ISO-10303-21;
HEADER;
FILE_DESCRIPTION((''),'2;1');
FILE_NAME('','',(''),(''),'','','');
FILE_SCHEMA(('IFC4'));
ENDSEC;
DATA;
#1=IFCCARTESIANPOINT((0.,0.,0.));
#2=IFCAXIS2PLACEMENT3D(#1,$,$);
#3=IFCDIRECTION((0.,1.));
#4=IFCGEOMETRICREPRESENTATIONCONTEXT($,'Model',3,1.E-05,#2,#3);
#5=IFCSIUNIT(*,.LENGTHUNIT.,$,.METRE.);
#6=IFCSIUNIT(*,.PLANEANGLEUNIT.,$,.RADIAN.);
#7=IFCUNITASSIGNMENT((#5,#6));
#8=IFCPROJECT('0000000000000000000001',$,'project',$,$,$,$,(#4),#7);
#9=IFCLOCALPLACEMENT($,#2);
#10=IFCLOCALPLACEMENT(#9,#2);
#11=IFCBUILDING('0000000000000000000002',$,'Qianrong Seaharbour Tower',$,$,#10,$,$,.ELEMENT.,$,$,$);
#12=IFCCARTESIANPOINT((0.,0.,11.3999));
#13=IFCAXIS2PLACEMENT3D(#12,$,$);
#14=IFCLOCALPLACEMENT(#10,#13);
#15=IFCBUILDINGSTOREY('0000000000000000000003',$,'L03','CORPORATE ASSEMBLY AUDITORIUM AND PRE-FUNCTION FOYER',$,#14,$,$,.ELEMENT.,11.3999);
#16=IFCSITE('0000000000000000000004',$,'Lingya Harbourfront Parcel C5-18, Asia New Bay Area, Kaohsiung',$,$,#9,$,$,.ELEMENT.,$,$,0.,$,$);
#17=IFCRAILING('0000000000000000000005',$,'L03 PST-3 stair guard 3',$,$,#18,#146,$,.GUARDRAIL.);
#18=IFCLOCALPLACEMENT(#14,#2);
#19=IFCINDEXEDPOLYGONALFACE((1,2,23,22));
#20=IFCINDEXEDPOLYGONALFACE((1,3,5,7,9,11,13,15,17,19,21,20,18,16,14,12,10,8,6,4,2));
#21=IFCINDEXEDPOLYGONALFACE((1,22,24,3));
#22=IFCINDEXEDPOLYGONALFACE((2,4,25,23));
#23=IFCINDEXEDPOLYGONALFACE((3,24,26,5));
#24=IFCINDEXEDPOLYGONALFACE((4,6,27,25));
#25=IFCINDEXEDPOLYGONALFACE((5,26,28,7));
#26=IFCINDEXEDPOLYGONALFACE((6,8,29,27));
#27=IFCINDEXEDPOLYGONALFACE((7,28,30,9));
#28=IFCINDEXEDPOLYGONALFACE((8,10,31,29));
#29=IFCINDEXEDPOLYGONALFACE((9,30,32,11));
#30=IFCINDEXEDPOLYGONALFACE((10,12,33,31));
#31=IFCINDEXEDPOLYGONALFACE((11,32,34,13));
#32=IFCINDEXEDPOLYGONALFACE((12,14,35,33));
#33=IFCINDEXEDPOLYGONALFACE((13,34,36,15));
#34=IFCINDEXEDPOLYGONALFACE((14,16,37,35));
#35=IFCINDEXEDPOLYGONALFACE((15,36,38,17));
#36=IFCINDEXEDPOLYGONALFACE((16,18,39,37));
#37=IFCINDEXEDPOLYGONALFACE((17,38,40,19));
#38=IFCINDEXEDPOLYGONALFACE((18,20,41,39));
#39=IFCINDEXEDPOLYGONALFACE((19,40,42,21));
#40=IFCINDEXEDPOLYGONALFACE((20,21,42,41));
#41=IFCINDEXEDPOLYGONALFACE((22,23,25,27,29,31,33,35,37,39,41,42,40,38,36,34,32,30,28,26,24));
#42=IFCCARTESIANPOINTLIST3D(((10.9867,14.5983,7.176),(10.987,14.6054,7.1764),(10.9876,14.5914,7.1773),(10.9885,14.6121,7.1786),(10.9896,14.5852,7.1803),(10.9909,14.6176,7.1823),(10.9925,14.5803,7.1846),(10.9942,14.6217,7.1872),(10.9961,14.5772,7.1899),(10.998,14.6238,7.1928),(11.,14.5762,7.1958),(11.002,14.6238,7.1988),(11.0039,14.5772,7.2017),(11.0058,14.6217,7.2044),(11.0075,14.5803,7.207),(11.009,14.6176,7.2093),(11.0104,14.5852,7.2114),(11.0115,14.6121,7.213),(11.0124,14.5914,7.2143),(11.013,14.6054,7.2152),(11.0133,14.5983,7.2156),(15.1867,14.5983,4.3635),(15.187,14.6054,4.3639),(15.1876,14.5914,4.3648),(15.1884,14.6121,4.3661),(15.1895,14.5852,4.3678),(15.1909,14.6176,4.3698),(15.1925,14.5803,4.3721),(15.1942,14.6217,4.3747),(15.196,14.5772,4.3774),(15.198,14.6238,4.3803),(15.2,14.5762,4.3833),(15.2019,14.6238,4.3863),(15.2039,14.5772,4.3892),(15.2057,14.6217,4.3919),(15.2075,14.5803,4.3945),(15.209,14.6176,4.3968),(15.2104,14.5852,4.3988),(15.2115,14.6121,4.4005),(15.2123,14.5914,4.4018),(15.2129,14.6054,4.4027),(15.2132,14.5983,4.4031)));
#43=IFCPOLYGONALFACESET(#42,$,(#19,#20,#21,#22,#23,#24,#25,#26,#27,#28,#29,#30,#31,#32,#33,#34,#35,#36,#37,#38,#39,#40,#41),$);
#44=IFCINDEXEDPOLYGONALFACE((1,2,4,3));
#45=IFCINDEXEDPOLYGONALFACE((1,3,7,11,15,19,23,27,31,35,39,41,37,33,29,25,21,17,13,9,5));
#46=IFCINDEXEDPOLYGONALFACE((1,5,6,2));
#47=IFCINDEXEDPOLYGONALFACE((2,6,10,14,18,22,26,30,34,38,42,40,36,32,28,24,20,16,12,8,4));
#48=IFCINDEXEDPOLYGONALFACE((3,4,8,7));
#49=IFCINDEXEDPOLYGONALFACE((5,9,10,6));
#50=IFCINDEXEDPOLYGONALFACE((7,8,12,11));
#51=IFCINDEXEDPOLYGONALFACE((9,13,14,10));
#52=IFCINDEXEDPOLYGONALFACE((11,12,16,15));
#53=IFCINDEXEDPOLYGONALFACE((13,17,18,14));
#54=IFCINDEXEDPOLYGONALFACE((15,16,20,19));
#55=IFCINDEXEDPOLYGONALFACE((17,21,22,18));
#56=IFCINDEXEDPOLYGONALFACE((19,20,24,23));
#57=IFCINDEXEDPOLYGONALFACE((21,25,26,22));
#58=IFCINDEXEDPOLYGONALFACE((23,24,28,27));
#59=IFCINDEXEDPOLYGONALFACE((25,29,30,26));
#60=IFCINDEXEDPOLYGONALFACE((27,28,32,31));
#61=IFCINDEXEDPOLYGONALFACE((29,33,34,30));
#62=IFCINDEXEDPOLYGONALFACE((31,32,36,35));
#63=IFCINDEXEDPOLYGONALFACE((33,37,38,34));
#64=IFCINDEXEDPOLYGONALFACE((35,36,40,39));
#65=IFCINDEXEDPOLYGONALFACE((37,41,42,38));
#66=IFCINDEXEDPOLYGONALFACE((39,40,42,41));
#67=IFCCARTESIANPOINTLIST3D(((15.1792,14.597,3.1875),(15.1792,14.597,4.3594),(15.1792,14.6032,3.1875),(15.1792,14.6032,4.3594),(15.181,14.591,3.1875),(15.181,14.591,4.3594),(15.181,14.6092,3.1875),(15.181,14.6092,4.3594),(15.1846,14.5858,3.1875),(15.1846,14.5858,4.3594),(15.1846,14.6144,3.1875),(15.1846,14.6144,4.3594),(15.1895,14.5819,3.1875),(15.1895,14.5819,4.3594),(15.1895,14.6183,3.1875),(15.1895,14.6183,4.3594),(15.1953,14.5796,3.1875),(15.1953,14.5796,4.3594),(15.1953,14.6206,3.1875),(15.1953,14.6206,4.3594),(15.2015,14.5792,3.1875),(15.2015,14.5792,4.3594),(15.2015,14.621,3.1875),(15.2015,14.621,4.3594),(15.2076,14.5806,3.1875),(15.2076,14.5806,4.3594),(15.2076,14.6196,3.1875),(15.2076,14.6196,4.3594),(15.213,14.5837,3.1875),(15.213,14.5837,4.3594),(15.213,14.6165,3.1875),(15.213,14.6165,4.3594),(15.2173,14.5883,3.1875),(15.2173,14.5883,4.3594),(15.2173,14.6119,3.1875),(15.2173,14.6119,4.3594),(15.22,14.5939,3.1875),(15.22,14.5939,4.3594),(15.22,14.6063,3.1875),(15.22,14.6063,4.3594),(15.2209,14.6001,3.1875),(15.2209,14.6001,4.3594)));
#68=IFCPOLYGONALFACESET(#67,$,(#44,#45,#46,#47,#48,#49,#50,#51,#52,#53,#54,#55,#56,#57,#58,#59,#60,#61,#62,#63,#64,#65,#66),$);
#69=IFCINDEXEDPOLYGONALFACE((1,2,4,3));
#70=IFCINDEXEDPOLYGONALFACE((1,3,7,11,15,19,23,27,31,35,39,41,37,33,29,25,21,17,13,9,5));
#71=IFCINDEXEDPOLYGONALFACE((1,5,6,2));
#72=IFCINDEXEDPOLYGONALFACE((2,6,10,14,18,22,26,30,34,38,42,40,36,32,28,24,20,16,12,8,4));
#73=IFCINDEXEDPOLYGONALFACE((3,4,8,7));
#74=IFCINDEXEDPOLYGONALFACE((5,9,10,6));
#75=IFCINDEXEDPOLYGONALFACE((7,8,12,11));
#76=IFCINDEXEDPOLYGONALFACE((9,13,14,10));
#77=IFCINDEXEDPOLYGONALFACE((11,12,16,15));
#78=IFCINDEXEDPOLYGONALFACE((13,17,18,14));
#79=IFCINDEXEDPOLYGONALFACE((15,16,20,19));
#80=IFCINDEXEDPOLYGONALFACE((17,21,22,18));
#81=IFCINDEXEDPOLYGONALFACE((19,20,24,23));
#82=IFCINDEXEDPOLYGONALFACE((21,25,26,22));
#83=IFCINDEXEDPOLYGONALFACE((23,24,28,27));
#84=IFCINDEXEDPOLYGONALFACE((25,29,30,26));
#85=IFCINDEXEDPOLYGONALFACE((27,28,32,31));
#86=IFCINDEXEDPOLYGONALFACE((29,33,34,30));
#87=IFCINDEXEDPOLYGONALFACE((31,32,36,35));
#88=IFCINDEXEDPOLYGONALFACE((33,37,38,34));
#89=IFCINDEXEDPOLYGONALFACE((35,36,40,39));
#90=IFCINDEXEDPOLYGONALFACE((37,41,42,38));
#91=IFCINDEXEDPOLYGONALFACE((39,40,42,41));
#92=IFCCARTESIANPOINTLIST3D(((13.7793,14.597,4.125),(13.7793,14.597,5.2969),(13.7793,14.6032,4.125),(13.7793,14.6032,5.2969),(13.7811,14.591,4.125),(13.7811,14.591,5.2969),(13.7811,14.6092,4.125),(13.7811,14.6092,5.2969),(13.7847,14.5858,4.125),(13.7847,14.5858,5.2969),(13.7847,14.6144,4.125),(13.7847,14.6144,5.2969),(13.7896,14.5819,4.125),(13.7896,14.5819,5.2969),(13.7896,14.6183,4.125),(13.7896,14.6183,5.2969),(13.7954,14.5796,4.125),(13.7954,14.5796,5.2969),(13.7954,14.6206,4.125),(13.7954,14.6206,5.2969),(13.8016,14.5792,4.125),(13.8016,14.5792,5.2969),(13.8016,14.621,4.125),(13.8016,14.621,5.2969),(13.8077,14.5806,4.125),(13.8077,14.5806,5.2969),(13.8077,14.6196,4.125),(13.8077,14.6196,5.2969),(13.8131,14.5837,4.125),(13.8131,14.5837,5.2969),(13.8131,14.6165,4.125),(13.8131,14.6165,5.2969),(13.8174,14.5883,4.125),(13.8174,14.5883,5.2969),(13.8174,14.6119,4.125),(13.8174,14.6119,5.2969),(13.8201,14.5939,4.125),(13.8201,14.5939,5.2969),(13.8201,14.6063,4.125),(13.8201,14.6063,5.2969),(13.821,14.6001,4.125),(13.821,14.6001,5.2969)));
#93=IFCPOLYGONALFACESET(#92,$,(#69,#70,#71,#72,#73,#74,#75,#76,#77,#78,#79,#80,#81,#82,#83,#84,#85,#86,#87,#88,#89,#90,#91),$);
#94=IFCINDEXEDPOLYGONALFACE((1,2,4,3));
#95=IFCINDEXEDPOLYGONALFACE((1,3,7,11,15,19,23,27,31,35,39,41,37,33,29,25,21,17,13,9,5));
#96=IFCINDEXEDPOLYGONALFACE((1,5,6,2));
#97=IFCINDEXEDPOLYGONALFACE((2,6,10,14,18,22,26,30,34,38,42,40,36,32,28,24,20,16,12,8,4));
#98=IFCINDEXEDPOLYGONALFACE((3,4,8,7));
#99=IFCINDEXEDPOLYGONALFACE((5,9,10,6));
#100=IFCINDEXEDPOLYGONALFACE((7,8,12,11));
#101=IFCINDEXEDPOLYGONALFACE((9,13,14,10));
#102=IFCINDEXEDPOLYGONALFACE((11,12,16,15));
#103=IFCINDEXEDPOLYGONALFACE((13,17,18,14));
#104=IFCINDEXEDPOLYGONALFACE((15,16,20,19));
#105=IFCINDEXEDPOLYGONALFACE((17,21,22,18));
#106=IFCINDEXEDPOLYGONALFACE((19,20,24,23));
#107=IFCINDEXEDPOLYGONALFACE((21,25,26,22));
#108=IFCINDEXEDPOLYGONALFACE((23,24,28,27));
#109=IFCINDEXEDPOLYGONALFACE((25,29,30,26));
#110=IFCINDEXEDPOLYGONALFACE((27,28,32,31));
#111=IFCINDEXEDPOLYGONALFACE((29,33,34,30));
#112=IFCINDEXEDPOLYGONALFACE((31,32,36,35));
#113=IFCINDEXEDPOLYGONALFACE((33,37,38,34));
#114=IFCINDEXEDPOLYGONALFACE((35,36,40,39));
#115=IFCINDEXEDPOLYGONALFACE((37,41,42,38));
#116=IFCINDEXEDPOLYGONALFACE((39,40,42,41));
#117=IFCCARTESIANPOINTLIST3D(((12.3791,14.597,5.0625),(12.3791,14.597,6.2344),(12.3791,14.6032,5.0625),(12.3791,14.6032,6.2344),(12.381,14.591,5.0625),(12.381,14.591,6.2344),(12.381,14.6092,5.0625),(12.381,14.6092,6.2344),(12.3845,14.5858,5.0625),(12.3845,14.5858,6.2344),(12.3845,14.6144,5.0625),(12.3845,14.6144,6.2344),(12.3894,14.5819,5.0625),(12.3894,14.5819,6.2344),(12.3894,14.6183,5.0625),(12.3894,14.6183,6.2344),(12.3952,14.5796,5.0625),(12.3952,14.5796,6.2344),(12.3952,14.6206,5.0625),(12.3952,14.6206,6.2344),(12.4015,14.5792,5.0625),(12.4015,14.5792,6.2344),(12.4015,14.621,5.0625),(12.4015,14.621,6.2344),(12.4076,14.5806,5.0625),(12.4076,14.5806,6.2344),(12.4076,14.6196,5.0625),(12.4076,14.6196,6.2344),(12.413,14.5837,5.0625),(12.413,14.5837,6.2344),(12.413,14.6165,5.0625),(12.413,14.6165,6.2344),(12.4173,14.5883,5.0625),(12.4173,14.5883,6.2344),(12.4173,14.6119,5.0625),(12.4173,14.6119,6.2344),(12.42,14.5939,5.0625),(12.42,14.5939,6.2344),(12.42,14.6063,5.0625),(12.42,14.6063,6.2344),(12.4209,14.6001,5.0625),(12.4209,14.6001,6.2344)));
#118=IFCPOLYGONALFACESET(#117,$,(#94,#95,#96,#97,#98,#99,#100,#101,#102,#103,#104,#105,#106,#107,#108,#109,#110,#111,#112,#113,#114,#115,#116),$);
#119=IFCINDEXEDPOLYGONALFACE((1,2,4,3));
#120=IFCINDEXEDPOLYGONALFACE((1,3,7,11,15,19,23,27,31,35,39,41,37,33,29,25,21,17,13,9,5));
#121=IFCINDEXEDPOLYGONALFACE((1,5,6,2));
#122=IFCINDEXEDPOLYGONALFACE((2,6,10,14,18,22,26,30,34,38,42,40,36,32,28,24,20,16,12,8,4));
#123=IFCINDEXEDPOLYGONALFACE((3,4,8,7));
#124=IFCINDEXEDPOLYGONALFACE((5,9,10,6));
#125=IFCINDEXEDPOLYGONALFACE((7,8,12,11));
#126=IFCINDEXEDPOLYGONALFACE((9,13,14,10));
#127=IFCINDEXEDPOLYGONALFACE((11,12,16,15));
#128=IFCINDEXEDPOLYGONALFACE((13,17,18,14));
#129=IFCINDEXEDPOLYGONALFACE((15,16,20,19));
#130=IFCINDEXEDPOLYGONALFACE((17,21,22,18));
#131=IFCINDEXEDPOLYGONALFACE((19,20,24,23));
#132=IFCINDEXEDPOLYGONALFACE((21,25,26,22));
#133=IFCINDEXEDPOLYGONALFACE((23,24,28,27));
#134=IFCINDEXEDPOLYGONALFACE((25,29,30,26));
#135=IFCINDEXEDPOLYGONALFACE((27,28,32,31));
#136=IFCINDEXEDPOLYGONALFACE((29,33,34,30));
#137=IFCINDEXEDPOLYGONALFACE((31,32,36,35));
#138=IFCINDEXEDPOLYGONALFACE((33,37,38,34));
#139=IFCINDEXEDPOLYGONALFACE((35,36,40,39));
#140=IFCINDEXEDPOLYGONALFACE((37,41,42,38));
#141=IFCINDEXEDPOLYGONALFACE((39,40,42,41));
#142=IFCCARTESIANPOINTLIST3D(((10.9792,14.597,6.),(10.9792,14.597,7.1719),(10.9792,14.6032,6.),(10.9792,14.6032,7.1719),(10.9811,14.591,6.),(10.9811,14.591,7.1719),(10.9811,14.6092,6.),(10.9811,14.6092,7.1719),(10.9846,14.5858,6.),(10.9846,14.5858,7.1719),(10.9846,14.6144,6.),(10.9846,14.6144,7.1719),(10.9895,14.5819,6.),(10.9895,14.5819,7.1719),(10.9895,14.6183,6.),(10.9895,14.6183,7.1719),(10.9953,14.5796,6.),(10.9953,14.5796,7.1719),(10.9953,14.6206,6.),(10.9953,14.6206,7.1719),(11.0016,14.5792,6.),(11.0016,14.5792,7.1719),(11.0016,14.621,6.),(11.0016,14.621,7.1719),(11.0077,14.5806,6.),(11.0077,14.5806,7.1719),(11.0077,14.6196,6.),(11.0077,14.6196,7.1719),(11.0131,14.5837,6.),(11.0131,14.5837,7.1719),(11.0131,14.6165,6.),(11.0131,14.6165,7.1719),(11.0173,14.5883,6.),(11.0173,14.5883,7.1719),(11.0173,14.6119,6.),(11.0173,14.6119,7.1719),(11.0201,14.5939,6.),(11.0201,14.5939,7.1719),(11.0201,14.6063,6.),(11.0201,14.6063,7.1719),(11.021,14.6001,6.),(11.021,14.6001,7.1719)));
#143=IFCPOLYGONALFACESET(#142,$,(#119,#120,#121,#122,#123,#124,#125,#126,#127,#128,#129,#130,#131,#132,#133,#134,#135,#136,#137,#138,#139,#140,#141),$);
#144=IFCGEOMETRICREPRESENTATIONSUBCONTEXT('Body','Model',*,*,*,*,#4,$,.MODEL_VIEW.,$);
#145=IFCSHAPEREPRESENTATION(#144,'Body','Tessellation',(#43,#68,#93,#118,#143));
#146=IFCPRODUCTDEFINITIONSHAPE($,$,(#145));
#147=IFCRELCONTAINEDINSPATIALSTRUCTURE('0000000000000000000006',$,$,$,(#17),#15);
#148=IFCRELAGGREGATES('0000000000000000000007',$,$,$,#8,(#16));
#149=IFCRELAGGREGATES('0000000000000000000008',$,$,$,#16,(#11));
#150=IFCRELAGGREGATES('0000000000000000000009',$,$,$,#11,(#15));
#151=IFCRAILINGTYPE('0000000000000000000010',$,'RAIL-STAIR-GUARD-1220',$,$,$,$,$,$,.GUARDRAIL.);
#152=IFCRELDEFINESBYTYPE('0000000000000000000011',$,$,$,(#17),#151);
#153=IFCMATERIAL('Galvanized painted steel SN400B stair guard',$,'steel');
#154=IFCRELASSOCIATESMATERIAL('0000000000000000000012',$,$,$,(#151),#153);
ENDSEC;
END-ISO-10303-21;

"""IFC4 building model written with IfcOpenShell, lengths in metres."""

from ifc_helpers import new_model, si_unit, direction, frame, origin, origin_2d, place, context, subcontext, project, spatial, circle, extrude, material, type_object, element, save


model = new_model("IFC4")

# Units and contexts
model_context = context("Model", 3, precision=1e-05, world=origin(), true_north=direction((0.0, 1.0)))
body_context = subcontext(model_context, "Body", "Model", "MODEL_VIEW")
ifc_project = project(units=[si_unit("LENGTHUNIT", "METRE"), si_unit("PLANEANGLEUNIT", "RADIAN")], contexts=[model_context])

# Site, building, storey
site_placement = place(None, origin())
site = spatial("IfcSite", under=ifc_project, at=site_placement, Name="Lingya Harbourfront Parcel C5-18, Asia New Bay Area, Kaohsiung", CompositionType="ELEMENT", RefElevation=0.0)
building_placement = place(site_placement, origin())
building = spatial("IfcBuilding", under=site, at=building_placement, Name="Qianrong Seaharbour Tower", CompositionType="ELEMENT")
storey_placement = place(building_placement, frame((0.0, 0.0, 11.3999)))
storey = spatial("IfcBuildingStorey", under=building, at=storey_placement, Name="L03", Description="CORPORATE ASSEMBLY AUDITORIUM AND PRE-FUNCTION FOYER", CompositionType="ELEMENT", Elevation=11.3999)

# Railing
ifc_material_1 = material(Name="Galvanized painted steel SN400B stair guard", Category="steel")
railing_type_1 = type_object("IfcRailingType", Name="RAIL-STAIR-GUARD-1220", PredefinedType="GUARDRAIL", material=ifc_material_1)
railing_1_placement = place(storey_placement, frame((15.2, 14.6001, 3.1875)))
element("IfcRailing", 1, at=railing_1_placement, inside=storey, type_object=railing_type_1, Name="L03 PST-3 stair guard 3", PredefinedType="GUARDRAIL", context=body_context, shape_type="SweptSolid", body=[
    extrude(circle(Radius=0.0239, at=origin_2d()), frame((0.0, 0.0, 1.1958), z_axis=(-0.830904, 0.0, 0.556416), x_axis=(0.0, -1.0, 0.0)), (0.0, 0.0, 1.0), 5.0547),
    extrude(circle(Radius=0.021, at=origin_2d()), origin(), (0.0, 0.0, 1.0), 1.1719),
    extrude(circle(Radius=0.021, at=origin_2d()), frame((-1.3999, 0.0, 0.9375)), (0.0, 0.0, 1.0), 1.1719),
    extrude(circle(Radius=0.021, at=origin_2d()), frame((-2.8, 0.0, 1.875)), (0.0, 0.0, 1.0), 1.1719),
    extrude(circle(Radius=0.021, at=origin_2d()), frame((-4.2, 0.0, 2.8125)), (0.0, 0.0, 1.0), 1.1719),
])

save(model, "model.ifc")
